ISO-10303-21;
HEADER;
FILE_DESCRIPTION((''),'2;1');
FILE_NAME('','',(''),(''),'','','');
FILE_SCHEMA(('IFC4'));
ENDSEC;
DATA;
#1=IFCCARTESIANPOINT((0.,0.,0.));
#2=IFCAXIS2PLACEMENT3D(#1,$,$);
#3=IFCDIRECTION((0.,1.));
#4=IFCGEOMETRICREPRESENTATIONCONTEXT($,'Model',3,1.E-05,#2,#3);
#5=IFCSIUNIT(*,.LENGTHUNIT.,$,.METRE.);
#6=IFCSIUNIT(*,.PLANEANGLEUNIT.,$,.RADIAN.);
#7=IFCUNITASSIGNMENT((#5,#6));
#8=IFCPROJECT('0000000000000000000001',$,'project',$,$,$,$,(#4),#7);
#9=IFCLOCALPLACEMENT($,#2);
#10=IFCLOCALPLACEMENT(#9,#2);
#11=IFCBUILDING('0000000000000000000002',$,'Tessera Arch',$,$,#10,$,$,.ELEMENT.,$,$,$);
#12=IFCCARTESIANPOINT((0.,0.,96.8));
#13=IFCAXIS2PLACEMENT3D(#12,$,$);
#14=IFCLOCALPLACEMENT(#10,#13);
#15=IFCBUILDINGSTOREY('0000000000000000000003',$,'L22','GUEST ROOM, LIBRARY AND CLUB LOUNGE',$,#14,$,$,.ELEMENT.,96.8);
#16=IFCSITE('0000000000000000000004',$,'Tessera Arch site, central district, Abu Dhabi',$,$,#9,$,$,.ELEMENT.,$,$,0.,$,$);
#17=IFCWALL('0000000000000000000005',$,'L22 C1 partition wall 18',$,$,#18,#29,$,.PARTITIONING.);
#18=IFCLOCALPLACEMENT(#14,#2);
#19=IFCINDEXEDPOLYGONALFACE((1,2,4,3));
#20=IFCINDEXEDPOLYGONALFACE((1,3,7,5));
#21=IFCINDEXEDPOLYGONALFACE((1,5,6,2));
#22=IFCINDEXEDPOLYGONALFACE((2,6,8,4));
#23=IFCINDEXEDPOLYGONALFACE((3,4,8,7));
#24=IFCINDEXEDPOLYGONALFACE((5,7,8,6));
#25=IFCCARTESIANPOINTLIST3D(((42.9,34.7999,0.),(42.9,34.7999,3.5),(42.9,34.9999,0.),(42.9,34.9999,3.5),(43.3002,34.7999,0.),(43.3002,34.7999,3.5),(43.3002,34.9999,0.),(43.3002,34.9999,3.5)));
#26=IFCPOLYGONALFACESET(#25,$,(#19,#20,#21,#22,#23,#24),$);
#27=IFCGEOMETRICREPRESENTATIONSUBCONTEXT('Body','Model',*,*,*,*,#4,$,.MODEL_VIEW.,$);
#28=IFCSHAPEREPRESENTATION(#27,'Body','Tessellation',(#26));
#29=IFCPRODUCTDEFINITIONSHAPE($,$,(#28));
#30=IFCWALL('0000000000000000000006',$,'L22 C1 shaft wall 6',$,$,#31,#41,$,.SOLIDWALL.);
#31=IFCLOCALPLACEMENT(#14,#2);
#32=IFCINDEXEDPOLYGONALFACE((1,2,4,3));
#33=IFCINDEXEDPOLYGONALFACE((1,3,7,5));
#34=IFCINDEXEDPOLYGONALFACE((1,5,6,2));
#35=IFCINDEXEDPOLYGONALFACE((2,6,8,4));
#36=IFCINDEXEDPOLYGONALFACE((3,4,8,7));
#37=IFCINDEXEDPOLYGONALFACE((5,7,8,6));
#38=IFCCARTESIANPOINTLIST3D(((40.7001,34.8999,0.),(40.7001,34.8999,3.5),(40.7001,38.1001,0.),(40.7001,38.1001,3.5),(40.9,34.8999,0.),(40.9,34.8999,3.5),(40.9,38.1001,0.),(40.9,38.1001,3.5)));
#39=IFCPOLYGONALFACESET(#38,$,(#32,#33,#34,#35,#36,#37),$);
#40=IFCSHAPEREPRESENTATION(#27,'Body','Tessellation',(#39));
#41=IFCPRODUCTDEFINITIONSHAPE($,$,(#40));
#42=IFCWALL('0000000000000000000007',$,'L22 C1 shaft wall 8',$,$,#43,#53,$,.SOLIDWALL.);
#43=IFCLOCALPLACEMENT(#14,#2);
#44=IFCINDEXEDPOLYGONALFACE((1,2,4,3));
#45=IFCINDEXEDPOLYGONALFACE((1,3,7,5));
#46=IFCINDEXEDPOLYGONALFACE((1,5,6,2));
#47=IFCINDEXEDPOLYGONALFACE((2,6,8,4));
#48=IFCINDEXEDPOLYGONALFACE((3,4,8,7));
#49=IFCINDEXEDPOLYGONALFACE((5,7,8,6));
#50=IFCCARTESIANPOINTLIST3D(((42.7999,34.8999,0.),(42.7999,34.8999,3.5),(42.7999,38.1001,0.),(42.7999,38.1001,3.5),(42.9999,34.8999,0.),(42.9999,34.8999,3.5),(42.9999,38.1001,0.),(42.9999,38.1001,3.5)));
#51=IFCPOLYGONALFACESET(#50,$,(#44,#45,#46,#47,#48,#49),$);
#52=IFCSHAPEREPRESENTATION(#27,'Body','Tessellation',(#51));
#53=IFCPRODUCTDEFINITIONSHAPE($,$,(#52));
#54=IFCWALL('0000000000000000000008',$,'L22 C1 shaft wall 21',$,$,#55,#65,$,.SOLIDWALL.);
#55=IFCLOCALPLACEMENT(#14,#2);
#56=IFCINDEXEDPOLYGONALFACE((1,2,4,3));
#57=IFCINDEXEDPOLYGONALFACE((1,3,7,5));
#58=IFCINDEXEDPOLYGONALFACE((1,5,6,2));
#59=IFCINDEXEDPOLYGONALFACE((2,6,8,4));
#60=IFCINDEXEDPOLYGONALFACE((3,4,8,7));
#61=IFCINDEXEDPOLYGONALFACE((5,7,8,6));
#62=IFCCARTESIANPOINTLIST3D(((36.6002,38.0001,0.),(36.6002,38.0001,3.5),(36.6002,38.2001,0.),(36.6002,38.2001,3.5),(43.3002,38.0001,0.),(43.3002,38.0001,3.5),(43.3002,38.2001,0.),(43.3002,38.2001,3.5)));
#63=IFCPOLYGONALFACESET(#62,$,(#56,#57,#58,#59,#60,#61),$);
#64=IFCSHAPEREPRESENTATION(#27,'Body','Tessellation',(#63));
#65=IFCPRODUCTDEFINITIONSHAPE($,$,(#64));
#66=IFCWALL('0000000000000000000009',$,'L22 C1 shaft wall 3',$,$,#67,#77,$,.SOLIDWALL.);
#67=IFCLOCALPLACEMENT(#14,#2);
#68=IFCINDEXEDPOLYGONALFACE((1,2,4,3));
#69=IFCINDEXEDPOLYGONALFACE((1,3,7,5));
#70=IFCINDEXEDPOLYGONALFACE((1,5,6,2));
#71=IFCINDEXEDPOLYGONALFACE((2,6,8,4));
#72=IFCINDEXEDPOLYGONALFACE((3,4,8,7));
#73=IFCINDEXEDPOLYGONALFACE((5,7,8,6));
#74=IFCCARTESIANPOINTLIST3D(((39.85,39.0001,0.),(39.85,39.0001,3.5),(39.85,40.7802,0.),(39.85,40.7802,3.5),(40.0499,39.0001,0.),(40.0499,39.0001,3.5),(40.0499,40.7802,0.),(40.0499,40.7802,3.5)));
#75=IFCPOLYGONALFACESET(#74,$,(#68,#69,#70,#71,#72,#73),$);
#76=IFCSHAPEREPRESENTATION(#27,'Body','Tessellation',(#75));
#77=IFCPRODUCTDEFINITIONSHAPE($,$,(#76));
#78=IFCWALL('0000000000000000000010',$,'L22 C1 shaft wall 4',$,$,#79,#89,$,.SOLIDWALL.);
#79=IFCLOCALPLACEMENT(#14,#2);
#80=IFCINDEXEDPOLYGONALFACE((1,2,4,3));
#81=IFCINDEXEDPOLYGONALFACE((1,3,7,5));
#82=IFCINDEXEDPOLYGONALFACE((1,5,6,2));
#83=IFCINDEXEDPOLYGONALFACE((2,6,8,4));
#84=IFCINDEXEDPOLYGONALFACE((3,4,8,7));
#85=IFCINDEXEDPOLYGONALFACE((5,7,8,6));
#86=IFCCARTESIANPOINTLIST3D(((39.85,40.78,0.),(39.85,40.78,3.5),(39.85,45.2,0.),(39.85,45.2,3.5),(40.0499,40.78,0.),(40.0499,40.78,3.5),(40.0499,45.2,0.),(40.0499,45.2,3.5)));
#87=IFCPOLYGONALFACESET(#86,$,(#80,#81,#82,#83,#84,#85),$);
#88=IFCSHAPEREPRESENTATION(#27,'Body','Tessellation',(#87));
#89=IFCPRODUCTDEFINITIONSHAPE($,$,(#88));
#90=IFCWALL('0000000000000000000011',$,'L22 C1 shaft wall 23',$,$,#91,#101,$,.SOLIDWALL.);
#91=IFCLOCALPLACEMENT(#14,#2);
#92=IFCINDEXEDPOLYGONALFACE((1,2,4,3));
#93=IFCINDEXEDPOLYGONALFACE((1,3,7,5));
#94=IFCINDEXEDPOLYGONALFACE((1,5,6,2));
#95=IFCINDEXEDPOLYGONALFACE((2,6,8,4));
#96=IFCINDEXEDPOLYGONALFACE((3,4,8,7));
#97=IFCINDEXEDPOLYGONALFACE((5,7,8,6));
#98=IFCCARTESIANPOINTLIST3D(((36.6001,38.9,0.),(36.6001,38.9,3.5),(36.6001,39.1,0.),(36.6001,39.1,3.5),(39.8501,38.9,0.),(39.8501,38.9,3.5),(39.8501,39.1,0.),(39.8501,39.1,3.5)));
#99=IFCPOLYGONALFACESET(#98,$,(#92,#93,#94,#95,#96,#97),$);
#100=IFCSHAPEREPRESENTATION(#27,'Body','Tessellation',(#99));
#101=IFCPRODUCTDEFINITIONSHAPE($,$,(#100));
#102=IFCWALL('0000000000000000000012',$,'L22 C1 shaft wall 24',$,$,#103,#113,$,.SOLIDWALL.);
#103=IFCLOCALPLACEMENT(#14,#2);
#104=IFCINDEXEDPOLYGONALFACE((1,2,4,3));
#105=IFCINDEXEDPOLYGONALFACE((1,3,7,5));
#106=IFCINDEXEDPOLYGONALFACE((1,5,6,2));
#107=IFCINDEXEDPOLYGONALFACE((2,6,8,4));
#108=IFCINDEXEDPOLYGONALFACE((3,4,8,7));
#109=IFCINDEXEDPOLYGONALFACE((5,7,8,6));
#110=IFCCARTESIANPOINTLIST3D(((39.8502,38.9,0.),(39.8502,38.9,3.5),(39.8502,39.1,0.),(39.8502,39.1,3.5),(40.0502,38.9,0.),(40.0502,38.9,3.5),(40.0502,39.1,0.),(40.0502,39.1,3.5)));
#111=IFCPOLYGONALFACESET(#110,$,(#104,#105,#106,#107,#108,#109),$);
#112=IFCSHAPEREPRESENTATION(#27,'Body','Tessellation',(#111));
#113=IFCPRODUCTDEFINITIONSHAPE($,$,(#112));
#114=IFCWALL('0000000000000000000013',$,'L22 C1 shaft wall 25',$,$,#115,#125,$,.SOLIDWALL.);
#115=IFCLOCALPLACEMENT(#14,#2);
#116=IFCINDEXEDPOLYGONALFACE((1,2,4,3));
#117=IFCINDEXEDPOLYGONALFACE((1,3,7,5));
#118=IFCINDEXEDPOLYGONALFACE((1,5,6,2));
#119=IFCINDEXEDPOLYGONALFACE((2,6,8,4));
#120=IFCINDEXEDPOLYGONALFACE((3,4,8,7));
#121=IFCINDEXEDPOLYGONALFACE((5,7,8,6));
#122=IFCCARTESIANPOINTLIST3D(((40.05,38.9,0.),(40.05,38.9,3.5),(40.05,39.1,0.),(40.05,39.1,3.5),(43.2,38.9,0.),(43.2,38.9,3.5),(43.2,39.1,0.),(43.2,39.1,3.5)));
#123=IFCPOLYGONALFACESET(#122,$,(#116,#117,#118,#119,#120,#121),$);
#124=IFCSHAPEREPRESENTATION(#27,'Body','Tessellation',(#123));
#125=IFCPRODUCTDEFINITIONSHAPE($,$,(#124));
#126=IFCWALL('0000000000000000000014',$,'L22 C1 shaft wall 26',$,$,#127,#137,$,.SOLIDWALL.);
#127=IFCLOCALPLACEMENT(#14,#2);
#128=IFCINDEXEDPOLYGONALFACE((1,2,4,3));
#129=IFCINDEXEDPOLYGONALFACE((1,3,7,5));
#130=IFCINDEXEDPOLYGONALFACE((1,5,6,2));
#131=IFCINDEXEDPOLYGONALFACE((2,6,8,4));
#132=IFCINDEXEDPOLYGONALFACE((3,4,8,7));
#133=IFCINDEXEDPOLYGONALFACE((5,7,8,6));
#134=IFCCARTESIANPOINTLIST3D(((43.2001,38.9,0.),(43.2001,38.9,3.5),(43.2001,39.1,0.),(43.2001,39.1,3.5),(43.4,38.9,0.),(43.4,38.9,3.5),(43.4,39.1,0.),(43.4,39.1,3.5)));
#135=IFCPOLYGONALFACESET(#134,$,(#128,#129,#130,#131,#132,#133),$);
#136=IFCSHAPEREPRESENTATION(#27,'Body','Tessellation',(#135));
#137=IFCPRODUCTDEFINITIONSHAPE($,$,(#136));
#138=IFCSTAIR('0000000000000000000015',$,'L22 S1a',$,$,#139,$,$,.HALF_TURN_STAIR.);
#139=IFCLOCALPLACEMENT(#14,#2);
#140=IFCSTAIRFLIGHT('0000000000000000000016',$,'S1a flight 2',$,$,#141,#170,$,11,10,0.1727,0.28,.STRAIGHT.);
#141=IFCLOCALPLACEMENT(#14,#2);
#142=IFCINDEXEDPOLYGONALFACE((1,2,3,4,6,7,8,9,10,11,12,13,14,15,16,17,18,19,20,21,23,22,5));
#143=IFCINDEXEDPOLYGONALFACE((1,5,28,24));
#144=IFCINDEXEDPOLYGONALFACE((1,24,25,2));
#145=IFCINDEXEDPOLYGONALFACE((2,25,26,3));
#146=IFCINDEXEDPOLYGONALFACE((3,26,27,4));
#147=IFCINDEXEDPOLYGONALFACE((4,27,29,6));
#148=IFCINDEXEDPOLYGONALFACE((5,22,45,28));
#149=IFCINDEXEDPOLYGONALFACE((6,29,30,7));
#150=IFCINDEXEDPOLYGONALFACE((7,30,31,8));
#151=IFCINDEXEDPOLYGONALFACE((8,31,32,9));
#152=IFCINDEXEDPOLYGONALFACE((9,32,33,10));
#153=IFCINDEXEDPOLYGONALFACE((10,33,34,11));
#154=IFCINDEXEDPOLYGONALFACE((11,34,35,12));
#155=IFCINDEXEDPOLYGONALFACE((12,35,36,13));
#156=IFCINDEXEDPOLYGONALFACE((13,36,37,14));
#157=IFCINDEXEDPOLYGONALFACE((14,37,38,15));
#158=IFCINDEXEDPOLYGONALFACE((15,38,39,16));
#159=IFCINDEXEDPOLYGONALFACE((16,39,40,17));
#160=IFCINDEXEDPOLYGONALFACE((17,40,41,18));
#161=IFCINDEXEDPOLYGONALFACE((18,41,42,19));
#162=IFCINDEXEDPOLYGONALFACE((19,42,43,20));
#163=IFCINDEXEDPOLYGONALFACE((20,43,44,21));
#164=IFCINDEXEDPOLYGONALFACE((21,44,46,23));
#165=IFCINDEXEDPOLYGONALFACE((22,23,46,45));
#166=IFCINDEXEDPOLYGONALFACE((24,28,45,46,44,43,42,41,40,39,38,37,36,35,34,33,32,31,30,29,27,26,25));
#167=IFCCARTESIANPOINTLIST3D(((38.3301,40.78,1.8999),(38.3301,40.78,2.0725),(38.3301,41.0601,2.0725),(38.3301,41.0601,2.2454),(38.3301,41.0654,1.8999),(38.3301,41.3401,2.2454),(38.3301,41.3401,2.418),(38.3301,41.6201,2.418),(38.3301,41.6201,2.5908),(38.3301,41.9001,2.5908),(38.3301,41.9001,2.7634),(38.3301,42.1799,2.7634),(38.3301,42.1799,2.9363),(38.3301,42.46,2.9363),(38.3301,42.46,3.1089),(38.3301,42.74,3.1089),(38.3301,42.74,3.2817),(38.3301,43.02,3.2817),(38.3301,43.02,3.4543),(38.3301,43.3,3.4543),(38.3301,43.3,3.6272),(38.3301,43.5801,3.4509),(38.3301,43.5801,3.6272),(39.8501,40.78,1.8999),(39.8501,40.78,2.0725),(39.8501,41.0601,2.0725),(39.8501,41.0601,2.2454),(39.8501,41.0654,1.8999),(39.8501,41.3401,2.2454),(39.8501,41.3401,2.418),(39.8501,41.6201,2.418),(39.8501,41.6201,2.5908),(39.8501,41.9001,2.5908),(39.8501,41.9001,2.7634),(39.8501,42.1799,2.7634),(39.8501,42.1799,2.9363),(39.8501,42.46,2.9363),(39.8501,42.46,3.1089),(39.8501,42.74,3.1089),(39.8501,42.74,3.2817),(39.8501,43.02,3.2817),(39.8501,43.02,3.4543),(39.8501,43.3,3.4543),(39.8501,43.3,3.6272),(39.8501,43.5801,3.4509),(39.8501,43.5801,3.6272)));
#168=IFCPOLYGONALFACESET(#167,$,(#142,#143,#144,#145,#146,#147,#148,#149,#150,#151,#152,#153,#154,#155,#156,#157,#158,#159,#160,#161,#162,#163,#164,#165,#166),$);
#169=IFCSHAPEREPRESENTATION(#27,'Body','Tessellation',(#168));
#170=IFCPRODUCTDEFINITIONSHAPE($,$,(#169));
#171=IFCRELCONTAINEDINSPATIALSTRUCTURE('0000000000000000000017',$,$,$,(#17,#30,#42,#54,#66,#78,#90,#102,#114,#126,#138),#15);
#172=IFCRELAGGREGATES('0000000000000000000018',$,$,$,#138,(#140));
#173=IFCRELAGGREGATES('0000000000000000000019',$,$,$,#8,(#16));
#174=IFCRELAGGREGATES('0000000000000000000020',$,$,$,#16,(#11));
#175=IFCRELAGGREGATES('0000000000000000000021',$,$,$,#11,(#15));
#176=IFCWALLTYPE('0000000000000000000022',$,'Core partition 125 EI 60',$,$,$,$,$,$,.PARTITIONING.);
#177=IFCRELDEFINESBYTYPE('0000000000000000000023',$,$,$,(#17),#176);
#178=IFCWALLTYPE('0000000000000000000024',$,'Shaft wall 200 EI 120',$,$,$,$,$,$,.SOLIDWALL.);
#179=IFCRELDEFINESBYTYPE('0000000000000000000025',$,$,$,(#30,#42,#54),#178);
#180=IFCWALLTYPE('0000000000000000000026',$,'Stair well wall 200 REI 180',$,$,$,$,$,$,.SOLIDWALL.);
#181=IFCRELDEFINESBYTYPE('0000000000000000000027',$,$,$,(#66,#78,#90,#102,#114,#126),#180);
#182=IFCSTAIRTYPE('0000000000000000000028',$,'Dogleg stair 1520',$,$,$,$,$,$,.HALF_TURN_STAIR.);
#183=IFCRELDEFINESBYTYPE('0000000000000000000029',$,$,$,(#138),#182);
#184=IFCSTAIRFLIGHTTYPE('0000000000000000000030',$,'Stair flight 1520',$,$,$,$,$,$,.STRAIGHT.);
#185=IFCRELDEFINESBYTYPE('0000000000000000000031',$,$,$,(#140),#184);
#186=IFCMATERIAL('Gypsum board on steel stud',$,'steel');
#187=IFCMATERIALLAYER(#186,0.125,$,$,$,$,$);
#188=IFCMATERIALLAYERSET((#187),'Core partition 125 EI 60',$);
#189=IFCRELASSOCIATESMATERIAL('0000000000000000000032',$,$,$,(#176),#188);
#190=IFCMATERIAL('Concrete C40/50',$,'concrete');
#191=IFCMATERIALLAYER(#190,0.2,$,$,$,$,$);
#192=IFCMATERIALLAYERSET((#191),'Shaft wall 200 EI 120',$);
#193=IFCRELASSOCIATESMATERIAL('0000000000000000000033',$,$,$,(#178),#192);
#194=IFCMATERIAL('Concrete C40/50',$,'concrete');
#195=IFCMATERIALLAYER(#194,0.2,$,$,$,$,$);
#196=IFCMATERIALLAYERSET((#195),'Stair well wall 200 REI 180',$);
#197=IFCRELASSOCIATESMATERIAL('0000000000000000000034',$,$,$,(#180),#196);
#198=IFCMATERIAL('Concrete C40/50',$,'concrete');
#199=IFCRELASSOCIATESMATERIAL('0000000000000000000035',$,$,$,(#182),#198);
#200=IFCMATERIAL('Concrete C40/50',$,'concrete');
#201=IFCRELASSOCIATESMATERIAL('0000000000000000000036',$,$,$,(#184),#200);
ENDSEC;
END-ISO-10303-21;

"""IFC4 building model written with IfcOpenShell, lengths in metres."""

from ifc_helpers import new_model, si_unit, direction, frame, frame_2d, origin, place, context, subcontext, project, spatial, polyline, rectangle, outline, extrude, material, layer, layer_set, type_object, element, aggregate, save


model = new_model("IFC4")

# Units and contexts
model_context = context("Model", 3, precision=1e-05, world=origin(), true_north=direction((0.0, 1.0)))
body_context = subcontext(model_context, "Body", "Model", "MODEL_VIEW")
ifc_project = project(units=[si_unit("LENGTHUNIT", "METRE"), si_unit("PLANEANGLEUNIT", "RADIAN")], contexts=[model_context])

# Site, building, storey
site_placement = place(None, origin())
site = spatial("IfcSite", under=ifc_project, at=site_placement, Name="Tessera Arch site, central district, Abu Dhabi", CompositionType="ELEMENT", RefElevation=0.0)
building_placement = place(site_placement, origin())
building = spatial("IfcBuilding", under=site, at=building_placement, Name="Tessera Arch", CompositionType="ELEMENT")
storey_placement = place(building_placement, frame((0.0, 0.0, 96.8)))
storey = spatial("IfcBuildingStorey", under=building, at=storey_placement, Name="L22", Description="GUEST ROOM, LIBRARY AND CLUB LOUNGE", CompositionType="ELEMENT", Elevation=96.8)

# Walls
ifc_material_1 = material(Name="Gypsum board on steel stud", Category="steel")
ifc_layer_1 = layer(ifc_material_1, 0.125)
ifc_layer_set_1 = layer_set([ifc_layer_1], Name="Core partition 125 EI 60")
wall_type_1 = type_object("IfcWallType", Name="Core partition 125 EI 60", PredefinedType="PARTITIONING", material=ifc_layer_set_1)
wall_1_placement = place(storey_placement, frame((42.8999, 34.8999, 0.0), z_axis=(0.0, 0.0, 1.0), x_axis=(1.0, 0.0, 0.0)))
element("IfcWall", 1, at=wall_1_placement, inside=storey, type_object=wall_type_1, Name="L22 C1 partition wall 18", PredefinedType="PARTITIONING", context=body_context, shape_type="SweptSolid", body=[
    extrude(rectangle(XDim=0.4001, YDim=0.2, at=frame_2d((0.2002, 0.0))), origin(), (0.0, 0.0, 1.0), 3.5),
])
ifc_material_2 = material(Name="Concrete C40/50", Category="concrete")
ifc_layer_2 = layer(ifc_material_2, 0.2)
ifc_layer_set_2 = layer_set([ifc_layer_2], Name="Shaft wall 200 EI 120")
wall_type_2 = type_object("IfcWallType", Name="Shaft wall 200 EI 120", PredefinedType="SOLIDWALL", material=ifc_layer_set_2)
for number, where, z_axis, x_axis, name in (
    (2, (40.8, 34.8999, 0.0), (0.0, 0.0, 1.0), (0.0, 1.0, 0.0), "L22 C1 shaft wall 6"),
    (3, (42.8999, 34.8999, 0.0), (0.0, 0.0, 1.0), (0.0, 1.0, 0.0), "L22 C1 shaft wall 8"),
):
    element("IfcWall", number, at=place(storey_placement, frame(where, z_axis=z_axis, x_axis=x_axis)), inside=storey, type_object=wall_type_2, Name=name, PredefinedType="SOLIDWALL", context=body_context, shape_type="SweptSolid", body=[
        extrude(rectangle(XDim=3.2002, YDim=0.2, at=frame_2d((1.6001, 0.0))), origin(), (0.0, 0.0, 1.0), 3.5),
    ])
wall_2_placement = place(storey_placement, frame((36.6001, 38.1001, 0.0), z_axis=(0.0, 0.0, 1.0), x_axis=(1.0, 0.0, 0.0)))
element("IfcWall", 4, at=wall_2_placement, inside=storey, type_object=wall_type_2, Name="L22 C1 shaft wall 21", PredefinedType="SOLIDWALL", context=body_context, shape_type="SweptSolid", body=[
    extrude(rectangle(XDim=6.7, YDim=0.2, at=frame_2d((3.3501, 0.0))), origin(), (0.0, 0.0, 1.0), 3.5),
])
ifc_material_3 = material(Name="Concrete C40/50", Category="concrete")
ifc_layer_3 = layer(ifc_material_3, 0.2)
ifc_layer_set_3 = layer_set([ifc_layer_3], Name="Stair well wall 200 REI 180")
wall_type_3 = type_object("IfcWallType", Name="Stair well wall 200 REI 180", PredefinedType="SOLIDWALL", material=ifc_layer_set_3)
wall_3_placement = place(storey_placement, frame((39.95, 39.0, 0.0), z_axis=(0.0, 0.0, 1.0), x_axis=(0.0, 1.0, 0.0)))
element("IfcWall", 5, at=wall_3_placement, inside=storey, type_object=wall_type_3, Name="L22 C1 shaft wall 3", PredefinedType="SOLIDWALL", context=body_context, shape_type="SweptSolid", body=[
    extrude(rectangle(XDim=1.78, YDim=0.2, at=frame_2d((0.8901, 0.0))), origin(), (0.0, 0.0, 1.0), 3.5),
])
wall_4_placement = place(storey_placement, frame((39.95, 40.78, 0.0), z_axis=(0.0, 0.0, 1.0), x_axis=(0.0, 1.0, 0.0)))
element("IfcWall", 6, at=wall_4_placement, inside=storey, type_object=wall_type_3, Name="L22 C1 shaft wall 4", PredefinedType="SOLIDWALL", context=body_context, shape_type="SweptSolid", body=[
    extrude(rectangle(XDim=4.4199, YDim=0.2, at=frame_2d((2.21, 0.0))), origin(), (0.0, 0.0, 1.0), 3.5),
])
wall_5_placement = place(storey_placement, frame((36.6001, 39.0, 0.0), z_axis=(0.0, 0.0, 1.0), x_axis=(1.0, 0.0, 0.0)))
element("IfcWall", 7, at=wall_5_placement, inside=storey, type_object=wall_type_3, Name="L22 C1 shaft wall 23", PredefinedType="SOLIDWALL", context=body_context, shape_type="SweptSolid", body=[
    extrude(rectangle(XDim=3.25, YDim=0.2, at=frame_2d((1.625, 0.0))), origin(), (0.0, 0.0, 1.0), 3.5),
])
wall_6_placement = place(storey_placement, frame((39.8501, 39.0, 0.0), z_axis=(0.0, 0.0, 1.0), x_axis=(1.0, 0.0, 0.0)))
element("IfcWall", 8, at=wall_6_placement, inside=storey, type_object=wall_type_3, Name="L22 C1 shaft wall 24", PredefinedType="SOLIDWALL", context=body_context, shape_type="SweptSolid", body=[
    extrude(rectangle(XDim=0.2, YDim=0.2, at=frame_2d((0.1001, 0.0))), origin(), (0.0, 0.0, 1.0), 3.5),
])
wall_7_placement = place(storey_placement, frame((40.05, 39.0, 0.0), z_axis=(0.0, 0.0, 1.0), x_axis=(1.0, 0.0, 0.0)))
element("IfcWall", 9, at=wall_7_placement, inside=storey, type_object=wall_type_3, Name="L22 C1 shaft wall 25", PredefinedType="SOLIDWALL", context=body_context, shape_type="SweptSolid", body=[
    extrude(rectangle(XDim=3.1499, YDim=0.2, at=frame_2d((1.575, 0.0))), origin(), (0.0, 0.0, 1.0), 3.5),
])
wall_8_placement = place(storey_placement, frame((43.2, 39.0, 0.0), z_axis=(0.0, 0.0, 1.0), x_axis=(1.0, 0.0, 0.0)))
element("IfcWall", 10, at=wall_8_placement, inside=storey, type_object=wall_type_3, Name="L22 C1 shaft wall 26", PredefinedType="SOLIDWALL", context=body_context, shape_type="SweptSolid", body=[
    extrude(rectangle(XDim=0.2, YDim=0.2, at=frame_2d((0.1001, 0.0))), origin(), (0.0, 0.0, 1.0), 3.5),
])

# Stair, stair flight
ifc_material_4 = material(Name="Concrete C40/50", Category="concrete")
stair_type = type_object("IfcStairType", Name="Dogleg stair 1520", PredefinedType="HALF_TURN_STAIR", material=ifc_material_4)
stair_1_placement = place(storey_placement, origin())
stair_1 = element("IfcStair", 11, at=stair_1_placement, inside=storey, type_object=stair_type, Name="L22 S1a", PredefinedType="HALF_TURN_STAIR")
ifc_material_5 = material(Name="Concrete C40/50", Category="concrete")
stair_flight_type = type_object("IfcStairFlightType", Name="Stair flight 1520", PredefinedType="STRAIGHT", material=ifc_material_5)
stair_flight_1_placement = place(storey_placement, frame((39.0901, 40.78, 1.8999), z_axis=(0.0, 0.0, 1.0), x_axis=(0.0, 1.0, 0.0)))
stair_flight_1 = element("IfcStairFlight", 12, at=stair_flight_1_placement, type_object=stair_flight_type, Name="S1a flight 2", NumberOfRisers=11, NumberOfTreads=10, PredefinedType="STRAIGHT", RiserHeight=0.1727, TreadLength=0.28, context=body_context, shape_type="SweptSolid", body=[
    extrude(outline(polyline([(0.0, 0.0), (0.0, 0.1726), (0.28, 0.1726), (0.28, 0.3455), (0.5601, 0.3455), (0.5601, 0.5181), (0.8401, 0.5181), (0.8401, 0.6909), (1.1201, 0.6909), (1.1201, 0.8635), (1.3999, 0.8635), (1.3999, 1.0364), (1.6799, 1.0364), (1.6799, 1.209), (1.96, 1.209), (1.96, 1.3818), (2.24, 1.3818), (2.24, 1.5544), (2.52, 1.5544), (2.52, 1.7273), (2.8, 1.7273), (2.8, 1.8999), (2.8, 1.551), (0.2854, 0.0), (0.0, 0.0)])), frame((0.0, 0.76, 0.0), z_axis=(0.0, -1.0, 0.0), x_axis=(1.0, 0.0, 0.0)), (0.0, 0.0, 1.0), 1.52),
])
aggregate(stair_1, [stair_flight_1])

save(model, "model.ifc")
